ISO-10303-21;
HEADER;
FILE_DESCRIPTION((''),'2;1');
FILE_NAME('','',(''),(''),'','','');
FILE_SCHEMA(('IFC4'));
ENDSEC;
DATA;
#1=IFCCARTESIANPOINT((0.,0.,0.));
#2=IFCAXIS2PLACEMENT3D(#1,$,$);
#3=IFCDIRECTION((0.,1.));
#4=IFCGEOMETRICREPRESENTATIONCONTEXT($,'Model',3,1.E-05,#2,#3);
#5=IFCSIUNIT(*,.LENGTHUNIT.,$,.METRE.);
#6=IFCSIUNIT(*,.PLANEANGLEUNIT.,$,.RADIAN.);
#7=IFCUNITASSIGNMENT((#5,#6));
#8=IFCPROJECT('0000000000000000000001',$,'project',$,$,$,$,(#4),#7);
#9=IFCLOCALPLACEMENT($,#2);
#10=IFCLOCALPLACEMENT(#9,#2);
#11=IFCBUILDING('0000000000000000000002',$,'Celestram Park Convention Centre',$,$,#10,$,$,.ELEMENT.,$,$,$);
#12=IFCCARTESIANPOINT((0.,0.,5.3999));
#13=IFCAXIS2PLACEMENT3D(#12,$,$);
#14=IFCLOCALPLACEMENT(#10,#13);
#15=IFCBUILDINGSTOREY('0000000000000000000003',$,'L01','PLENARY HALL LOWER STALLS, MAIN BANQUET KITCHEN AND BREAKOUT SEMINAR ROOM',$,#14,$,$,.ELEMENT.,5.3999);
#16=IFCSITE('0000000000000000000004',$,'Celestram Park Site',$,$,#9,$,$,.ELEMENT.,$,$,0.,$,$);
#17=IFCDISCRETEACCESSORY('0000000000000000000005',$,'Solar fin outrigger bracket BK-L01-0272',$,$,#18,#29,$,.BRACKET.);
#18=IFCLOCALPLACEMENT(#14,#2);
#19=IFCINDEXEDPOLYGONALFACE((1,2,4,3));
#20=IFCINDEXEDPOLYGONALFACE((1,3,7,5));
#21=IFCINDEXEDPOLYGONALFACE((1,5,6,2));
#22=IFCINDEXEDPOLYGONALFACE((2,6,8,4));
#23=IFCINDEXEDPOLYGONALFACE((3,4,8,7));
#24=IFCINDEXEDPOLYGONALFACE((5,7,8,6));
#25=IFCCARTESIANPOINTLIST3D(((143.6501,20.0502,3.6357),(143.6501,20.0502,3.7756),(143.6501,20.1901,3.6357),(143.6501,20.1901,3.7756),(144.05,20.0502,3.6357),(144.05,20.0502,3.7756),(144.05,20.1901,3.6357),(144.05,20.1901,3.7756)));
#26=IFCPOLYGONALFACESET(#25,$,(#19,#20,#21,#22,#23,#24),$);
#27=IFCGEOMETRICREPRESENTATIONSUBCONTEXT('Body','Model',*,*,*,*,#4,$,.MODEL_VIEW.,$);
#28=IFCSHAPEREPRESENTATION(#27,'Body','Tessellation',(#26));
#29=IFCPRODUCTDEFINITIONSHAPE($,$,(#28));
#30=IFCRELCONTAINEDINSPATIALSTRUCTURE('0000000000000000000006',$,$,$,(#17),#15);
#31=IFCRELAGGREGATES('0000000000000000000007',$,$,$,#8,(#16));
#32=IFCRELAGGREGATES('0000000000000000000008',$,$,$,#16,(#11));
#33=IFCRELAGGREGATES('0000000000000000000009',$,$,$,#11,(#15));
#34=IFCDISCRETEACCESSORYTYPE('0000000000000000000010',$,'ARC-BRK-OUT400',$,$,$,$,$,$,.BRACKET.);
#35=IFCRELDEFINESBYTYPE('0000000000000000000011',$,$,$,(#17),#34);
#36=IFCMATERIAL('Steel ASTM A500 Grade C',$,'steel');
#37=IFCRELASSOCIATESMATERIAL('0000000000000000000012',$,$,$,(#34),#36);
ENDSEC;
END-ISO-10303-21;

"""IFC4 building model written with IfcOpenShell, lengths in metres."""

from ifc_helpers import new_model, si_unit, direction, frame, origin, origin_2d, place, context, subcontext, project, spatial, rectangle, extrude, material, type_object, element, save


model = new_model("IFC4")

# Units and contexts
model_context = context("Model", 3, precision=1e-05, world=origin(), true_north=direction((0.0, 1.0)))
body_context = subcontext(model_context, "Body", "Model", "MODEL_VIEW")
ifc_project = project(units=[si_unit("LENGTHUNIT", "METRE"), si_unit("PLANEANGLEUNIT", "RADIAN")], contexts=[model_context])

# Site, building, storey
site_placement = place(None, origin())
site = spatial("IfcSite", under=ifc_project, at=site_placement, Name="Celestram Park Site", CompositionType="ELEMENT", RefElevation=0.0)
building_placement = place(site_placement, origin())
building = spatial("IfcBuilding", under=site, at=building_placement, Name="Celestram Park Convention Centre", CompositionType="ELEMENT")
storey_placement = place(building_placement, frame((0.0, 0.0, 5.3999)))
storey = spatial("IfcBuildingStorey", under=building, at=storey_placement, Name="L01", Description="PLENARY HALL LOWER STALLS, MAIN BANQUET KITCHEN AND BREAKOUT SEMINAR ROOM", CompositionType="ELEMENT", Elevation=5.3999)

# Shared definitions
ifc_material_1 = material(Name="Steel ASTM A500 Grade C", Category="steel")

# Discrete accessory
discrete_accessory_type = type_object("IfcDiscreteAccessoryType", Name="ARC-BRK-OUT400", PredefinedType="BRACKET", material=ifc_material_1)
for number, where, z_axis, x_axis, name in (
    (1, (143.8501, 20.1201, 3.6357), (0.0, 0.0, 1.0), (-1.0, 0.0, 0.0), "Solar fin outrigger bracket BK-L01-0272"),
):
    element("IfcDiscreteAccessory", number, at=place(storey_placement, frame(where, z_axis=z_axis, x_axis=x_axis)), inside=storey, type_object=discrete_accessory_type, Name=name, PredefinedType="BRACKET", context=body_context, shape_type="SweptSolid", body=[
        extrude(rectangle(XDim=0.3999, YDim=0.1399, at=origin_2d()), origin(), (0.0, 0.0, 1.0), 0.1399),
    ])

save(model, "model.ifc")
